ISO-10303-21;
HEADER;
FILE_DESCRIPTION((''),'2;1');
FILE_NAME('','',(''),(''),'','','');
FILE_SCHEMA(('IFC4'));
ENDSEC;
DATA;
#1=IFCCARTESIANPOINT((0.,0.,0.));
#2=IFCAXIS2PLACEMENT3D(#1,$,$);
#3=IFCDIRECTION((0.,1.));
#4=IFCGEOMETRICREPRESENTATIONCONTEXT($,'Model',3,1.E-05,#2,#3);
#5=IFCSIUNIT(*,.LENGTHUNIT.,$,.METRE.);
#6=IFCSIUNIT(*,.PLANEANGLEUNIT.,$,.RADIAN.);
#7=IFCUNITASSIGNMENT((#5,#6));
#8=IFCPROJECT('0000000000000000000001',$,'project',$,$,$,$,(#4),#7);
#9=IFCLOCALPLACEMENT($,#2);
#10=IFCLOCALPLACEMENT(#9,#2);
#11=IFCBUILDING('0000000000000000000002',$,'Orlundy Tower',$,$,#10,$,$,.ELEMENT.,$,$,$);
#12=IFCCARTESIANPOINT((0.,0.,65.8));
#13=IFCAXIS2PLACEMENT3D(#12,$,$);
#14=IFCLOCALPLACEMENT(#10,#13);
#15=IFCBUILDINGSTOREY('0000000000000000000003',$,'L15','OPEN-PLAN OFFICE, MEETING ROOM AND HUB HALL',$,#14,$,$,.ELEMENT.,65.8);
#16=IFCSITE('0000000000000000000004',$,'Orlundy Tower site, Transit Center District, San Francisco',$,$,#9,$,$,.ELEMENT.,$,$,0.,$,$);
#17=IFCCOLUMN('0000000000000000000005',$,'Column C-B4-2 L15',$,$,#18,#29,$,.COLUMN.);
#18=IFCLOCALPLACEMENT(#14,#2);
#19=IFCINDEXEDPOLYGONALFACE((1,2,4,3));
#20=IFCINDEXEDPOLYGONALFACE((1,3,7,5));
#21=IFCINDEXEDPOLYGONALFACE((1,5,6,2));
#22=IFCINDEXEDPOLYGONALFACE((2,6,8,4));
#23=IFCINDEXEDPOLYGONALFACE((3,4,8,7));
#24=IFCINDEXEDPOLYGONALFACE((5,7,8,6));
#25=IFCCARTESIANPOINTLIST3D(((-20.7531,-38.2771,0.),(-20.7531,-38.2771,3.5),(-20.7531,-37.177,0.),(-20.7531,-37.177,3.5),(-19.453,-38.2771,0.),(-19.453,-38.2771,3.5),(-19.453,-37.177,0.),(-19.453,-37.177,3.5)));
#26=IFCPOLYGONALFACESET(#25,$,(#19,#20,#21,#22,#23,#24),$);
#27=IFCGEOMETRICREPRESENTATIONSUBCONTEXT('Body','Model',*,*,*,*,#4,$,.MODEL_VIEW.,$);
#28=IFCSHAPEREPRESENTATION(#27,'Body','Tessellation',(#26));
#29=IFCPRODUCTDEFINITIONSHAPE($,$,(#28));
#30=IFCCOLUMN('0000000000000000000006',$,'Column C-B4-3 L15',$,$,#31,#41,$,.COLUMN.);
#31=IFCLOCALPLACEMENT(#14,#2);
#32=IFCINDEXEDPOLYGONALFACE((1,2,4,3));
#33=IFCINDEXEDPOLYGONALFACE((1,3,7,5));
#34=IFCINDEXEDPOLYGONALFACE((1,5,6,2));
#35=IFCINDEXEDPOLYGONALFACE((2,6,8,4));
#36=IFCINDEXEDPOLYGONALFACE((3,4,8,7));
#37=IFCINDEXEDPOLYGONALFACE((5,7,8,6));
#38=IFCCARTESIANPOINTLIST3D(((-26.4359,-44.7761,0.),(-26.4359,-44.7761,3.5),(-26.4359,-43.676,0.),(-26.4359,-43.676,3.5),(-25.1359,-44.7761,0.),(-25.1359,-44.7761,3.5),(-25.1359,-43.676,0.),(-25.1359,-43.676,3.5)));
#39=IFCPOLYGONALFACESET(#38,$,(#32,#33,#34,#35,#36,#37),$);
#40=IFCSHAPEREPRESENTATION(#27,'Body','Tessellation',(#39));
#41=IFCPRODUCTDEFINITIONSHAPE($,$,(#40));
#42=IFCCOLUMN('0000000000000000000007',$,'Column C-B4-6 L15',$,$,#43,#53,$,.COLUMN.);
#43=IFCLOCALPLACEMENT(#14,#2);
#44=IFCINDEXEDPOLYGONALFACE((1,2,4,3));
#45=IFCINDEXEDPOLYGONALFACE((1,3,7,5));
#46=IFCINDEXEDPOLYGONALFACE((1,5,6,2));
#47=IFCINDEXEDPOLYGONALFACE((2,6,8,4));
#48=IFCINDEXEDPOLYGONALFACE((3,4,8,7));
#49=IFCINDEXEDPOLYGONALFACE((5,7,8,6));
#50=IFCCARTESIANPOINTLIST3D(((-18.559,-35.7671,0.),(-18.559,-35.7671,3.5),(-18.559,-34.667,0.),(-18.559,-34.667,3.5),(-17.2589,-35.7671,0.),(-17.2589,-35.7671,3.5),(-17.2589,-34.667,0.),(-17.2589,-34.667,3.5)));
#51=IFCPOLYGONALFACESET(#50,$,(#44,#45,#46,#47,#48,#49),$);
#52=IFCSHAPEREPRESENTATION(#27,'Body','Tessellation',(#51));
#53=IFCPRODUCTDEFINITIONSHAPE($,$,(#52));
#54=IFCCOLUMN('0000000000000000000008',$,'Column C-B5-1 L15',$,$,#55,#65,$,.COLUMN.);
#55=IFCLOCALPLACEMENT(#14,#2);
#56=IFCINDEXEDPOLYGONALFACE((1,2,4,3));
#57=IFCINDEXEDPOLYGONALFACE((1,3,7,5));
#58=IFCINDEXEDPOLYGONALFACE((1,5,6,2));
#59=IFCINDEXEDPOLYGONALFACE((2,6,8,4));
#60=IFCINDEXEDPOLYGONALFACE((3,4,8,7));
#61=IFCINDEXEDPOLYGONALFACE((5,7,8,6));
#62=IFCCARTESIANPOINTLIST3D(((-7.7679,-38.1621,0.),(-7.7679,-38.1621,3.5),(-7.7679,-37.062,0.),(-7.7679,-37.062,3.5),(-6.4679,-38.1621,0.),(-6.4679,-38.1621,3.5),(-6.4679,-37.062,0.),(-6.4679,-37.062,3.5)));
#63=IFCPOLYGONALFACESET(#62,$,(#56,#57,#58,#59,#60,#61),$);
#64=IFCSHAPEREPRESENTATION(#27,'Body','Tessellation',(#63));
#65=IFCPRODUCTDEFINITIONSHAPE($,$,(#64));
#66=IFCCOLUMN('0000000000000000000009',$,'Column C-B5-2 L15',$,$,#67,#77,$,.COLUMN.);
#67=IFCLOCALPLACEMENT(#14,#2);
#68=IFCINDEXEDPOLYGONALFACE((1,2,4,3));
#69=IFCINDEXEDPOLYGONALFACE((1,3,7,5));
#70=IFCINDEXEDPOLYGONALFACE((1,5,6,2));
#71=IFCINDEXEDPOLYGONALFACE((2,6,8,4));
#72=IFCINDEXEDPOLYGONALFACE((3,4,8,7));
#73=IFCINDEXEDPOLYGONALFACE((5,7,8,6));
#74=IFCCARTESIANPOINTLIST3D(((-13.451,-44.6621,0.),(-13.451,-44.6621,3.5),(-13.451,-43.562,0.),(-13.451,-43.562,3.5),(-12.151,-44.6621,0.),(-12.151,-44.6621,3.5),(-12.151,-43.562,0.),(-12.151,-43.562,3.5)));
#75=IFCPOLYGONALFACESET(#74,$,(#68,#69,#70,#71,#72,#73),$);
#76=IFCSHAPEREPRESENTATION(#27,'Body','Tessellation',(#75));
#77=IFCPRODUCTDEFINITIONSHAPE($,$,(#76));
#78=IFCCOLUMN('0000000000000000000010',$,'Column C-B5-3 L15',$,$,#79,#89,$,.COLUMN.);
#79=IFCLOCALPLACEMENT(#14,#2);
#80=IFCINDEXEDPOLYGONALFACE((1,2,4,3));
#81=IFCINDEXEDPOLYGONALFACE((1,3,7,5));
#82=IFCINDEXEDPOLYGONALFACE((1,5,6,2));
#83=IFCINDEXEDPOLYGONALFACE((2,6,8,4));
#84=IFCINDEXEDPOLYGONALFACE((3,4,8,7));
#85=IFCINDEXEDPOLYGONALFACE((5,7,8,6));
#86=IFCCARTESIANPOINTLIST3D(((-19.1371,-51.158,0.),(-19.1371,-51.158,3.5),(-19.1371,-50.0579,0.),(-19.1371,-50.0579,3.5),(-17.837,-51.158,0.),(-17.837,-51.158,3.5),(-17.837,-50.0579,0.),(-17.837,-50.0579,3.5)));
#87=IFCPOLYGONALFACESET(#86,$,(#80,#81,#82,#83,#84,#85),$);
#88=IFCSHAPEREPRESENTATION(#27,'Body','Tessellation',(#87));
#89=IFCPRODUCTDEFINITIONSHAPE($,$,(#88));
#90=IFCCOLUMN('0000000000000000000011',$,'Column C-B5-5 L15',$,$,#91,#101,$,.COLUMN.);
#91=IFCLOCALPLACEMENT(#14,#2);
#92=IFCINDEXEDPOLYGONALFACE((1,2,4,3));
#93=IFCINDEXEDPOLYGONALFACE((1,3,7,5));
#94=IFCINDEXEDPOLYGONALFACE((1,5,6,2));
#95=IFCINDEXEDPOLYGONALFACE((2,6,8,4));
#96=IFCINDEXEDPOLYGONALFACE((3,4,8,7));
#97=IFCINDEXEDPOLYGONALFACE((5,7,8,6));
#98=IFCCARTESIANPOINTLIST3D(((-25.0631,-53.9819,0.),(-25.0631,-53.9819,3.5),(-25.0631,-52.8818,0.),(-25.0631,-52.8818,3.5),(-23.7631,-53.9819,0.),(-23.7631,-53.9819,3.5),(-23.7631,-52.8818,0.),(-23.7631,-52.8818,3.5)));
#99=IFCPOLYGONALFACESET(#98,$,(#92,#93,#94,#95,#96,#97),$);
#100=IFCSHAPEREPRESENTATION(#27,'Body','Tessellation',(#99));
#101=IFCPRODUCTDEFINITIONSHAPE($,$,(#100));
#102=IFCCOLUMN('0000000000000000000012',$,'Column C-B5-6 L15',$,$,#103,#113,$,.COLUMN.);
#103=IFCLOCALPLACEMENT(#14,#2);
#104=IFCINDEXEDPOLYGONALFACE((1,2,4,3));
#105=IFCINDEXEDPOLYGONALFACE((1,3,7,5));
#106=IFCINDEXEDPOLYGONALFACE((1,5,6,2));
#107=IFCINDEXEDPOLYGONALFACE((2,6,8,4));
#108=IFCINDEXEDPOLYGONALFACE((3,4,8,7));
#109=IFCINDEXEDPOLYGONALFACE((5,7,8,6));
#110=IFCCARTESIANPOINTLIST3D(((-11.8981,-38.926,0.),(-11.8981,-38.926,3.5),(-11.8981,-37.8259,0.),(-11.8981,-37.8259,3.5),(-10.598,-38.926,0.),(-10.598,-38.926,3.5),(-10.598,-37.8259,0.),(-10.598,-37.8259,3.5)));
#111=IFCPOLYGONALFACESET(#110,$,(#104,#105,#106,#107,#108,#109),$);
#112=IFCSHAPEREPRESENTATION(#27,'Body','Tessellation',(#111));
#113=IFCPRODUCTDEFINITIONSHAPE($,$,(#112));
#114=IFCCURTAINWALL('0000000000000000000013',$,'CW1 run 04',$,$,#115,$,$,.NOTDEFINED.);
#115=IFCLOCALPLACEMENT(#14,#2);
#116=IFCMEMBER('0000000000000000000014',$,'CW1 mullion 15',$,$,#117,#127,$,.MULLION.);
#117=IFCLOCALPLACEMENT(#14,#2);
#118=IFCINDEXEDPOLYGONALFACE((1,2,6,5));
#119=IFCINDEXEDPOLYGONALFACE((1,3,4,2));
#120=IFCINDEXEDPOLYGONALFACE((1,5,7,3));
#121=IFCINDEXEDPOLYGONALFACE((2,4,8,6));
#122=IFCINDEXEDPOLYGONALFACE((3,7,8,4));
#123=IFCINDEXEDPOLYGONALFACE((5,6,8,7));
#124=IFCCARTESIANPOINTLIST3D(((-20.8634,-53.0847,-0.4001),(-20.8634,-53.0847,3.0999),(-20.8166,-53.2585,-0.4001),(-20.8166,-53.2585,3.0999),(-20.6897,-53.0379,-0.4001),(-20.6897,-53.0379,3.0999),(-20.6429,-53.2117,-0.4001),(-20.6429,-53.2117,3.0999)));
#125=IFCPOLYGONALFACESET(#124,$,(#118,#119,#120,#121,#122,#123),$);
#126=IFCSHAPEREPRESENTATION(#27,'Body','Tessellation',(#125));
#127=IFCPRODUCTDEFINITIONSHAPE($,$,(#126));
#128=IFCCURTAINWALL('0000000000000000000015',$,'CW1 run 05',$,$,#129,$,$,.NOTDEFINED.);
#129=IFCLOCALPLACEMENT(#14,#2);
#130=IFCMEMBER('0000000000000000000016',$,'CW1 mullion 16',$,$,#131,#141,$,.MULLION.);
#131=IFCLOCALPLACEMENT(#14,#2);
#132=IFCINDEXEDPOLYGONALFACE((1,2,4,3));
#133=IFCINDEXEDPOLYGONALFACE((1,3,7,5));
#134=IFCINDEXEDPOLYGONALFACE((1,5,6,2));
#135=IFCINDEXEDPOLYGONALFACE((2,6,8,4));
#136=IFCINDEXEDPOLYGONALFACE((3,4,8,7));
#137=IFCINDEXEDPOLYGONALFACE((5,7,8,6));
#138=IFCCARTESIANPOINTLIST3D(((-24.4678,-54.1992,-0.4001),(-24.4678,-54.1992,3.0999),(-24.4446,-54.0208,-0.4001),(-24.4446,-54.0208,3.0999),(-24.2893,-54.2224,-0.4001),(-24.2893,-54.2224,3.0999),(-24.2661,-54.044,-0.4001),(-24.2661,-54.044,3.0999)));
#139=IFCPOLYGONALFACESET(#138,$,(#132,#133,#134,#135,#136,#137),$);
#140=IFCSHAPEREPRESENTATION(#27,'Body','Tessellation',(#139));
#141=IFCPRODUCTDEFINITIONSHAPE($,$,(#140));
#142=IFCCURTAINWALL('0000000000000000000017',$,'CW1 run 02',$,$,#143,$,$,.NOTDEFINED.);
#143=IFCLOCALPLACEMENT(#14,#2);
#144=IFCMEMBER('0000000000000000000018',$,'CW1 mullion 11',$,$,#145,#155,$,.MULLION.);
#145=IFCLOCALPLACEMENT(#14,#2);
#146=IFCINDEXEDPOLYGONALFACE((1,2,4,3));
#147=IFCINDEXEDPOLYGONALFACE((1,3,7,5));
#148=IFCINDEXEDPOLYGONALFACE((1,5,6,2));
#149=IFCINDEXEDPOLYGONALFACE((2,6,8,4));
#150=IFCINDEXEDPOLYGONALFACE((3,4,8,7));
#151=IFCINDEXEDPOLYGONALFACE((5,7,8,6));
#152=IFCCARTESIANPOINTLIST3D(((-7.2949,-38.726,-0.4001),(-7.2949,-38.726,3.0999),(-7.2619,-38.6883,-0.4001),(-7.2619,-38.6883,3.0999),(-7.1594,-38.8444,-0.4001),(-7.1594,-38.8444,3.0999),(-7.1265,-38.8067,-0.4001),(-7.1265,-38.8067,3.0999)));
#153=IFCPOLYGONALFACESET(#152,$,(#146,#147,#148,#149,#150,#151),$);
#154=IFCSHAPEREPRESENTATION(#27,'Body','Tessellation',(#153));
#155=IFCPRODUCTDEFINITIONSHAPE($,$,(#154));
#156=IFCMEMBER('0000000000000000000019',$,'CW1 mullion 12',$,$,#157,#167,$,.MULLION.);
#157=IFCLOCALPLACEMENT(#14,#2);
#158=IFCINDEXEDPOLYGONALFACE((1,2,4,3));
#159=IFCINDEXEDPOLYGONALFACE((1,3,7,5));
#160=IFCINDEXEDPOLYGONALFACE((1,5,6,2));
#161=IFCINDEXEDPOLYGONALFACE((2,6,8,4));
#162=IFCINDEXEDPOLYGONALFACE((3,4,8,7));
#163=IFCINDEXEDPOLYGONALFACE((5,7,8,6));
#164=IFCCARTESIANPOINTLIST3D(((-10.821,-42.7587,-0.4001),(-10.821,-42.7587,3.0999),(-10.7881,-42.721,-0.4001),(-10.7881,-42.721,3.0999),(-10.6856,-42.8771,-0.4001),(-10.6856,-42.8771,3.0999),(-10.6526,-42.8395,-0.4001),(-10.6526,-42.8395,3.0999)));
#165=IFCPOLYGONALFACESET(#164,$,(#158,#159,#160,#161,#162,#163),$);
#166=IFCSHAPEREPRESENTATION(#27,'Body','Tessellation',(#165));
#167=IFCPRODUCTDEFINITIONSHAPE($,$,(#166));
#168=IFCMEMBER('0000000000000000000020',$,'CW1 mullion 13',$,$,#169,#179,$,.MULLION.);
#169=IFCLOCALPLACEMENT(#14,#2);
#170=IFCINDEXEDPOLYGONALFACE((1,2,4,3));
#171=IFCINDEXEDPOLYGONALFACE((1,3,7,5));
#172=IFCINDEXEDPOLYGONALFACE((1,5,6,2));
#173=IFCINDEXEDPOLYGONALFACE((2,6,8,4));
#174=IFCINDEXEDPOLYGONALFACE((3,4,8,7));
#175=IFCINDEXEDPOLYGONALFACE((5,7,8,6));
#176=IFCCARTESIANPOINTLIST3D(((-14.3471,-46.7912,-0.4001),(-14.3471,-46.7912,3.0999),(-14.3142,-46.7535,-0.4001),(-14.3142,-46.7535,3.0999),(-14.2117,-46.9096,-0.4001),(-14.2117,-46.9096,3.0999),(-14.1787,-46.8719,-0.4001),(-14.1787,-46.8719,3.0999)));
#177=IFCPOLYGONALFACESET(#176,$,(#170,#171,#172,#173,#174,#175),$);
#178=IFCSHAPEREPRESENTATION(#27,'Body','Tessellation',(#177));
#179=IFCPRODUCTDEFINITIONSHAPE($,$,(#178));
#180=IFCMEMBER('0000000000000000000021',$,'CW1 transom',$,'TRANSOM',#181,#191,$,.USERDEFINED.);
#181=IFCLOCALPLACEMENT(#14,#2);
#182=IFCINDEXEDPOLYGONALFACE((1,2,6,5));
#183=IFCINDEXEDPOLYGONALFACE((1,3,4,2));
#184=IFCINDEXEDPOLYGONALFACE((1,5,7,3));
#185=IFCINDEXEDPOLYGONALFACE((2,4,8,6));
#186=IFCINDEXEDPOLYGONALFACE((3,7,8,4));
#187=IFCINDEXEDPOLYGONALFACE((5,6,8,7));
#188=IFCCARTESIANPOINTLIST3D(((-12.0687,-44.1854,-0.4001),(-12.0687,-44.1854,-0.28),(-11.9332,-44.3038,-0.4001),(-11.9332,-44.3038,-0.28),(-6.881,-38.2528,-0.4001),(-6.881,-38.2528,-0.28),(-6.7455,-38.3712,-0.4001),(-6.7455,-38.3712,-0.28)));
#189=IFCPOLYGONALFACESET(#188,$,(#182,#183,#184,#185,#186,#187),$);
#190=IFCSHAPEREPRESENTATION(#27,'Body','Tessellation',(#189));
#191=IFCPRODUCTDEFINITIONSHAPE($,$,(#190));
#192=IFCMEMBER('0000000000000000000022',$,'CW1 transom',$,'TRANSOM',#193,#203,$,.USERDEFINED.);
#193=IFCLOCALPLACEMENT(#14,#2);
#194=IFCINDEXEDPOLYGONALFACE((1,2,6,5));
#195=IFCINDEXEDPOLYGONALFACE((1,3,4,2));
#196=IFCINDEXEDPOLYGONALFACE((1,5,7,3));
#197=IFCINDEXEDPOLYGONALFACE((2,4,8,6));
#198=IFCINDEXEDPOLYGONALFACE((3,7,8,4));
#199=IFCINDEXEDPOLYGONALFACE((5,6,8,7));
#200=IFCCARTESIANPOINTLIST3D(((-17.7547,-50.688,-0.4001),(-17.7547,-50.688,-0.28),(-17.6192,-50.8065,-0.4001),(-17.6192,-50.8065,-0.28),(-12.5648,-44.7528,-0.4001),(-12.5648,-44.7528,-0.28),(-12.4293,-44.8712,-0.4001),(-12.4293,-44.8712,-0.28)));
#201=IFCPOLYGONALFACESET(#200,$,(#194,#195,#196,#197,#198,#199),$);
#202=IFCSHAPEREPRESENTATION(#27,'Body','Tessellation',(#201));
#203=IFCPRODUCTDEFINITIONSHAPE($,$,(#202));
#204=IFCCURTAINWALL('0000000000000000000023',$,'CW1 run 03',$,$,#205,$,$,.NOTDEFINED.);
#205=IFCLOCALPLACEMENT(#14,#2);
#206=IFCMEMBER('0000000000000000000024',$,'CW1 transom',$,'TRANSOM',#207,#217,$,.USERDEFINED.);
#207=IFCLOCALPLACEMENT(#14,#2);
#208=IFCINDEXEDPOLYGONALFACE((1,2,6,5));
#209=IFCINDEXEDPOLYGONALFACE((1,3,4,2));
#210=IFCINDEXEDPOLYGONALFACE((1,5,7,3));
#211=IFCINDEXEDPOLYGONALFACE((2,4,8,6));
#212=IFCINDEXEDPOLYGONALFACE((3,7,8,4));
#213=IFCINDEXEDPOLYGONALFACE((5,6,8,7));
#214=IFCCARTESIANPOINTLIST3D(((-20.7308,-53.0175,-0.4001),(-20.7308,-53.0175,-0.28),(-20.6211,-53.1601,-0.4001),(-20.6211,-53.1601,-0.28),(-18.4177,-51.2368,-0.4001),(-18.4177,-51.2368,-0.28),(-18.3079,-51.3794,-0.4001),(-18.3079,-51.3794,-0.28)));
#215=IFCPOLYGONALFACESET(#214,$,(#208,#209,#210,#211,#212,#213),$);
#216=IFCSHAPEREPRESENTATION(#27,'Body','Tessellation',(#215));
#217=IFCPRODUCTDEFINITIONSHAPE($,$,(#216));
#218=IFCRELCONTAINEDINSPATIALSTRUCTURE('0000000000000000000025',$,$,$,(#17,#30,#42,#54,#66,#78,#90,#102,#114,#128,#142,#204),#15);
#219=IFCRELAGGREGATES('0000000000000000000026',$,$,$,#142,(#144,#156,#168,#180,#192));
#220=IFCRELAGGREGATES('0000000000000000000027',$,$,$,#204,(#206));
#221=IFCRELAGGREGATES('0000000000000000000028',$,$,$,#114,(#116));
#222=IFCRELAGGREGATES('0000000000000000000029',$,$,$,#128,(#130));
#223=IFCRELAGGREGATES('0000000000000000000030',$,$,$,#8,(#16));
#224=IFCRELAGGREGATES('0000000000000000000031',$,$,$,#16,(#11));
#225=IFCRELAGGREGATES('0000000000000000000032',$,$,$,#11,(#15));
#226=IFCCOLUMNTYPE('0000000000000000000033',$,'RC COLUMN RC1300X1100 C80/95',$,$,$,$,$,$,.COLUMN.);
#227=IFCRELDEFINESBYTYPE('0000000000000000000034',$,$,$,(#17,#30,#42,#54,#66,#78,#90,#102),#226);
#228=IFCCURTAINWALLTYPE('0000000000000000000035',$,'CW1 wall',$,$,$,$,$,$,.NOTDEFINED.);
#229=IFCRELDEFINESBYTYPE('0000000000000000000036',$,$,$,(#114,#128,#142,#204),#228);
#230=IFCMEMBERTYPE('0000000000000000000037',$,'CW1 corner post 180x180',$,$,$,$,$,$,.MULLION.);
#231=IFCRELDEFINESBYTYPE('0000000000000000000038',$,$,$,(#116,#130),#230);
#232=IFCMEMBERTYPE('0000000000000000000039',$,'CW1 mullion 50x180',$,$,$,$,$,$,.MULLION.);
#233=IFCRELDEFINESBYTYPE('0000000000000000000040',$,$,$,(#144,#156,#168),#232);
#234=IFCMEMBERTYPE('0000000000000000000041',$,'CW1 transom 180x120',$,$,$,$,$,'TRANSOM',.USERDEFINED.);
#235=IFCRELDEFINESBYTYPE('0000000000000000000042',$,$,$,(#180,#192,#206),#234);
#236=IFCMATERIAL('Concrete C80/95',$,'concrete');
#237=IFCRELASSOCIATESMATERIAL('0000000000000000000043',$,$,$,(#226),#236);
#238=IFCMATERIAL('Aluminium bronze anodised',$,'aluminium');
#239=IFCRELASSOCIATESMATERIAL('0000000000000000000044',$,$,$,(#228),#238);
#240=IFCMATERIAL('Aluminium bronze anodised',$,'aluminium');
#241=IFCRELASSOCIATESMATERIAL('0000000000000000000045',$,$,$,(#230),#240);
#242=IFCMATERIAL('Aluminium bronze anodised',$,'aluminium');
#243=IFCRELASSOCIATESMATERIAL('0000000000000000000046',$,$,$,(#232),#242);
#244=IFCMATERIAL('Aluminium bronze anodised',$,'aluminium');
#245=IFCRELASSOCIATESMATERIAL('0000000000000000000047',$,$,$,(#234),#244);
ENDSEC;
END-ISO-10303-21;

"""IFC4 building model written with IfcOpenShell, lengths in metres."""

from ifc_helpers import new_model, si_unit, direction, frame, origin, origin_2d, place, context, subcontext, project, spatial, rectangle, extrude, material, material_profile, profile_set, type_object, element, aggregate, save


model = new_model("IFC4")

# Units and contexts
model_context = context("Model", 3, precision=1e-05, world=origin(), true_north=direction((0.0, 1.0)))
body_context = subcontext(model_context, "Body", "Model", "MODEL_VIEW")
ifc_project = project(units=[si_unit("LENGTHUNIT", "METRE"), si_unit("PLANEANGLEUNIT", "RADIAN")], contexts=[model_context])

# Site, building, storey
site_placement = place(None, origin())
site = spatial("IfcSite", under=ifc_project, at=site_placement, Name="Orlundy Tower site, Transit Center District, San Francisco", CompositionType="ELEMENT", RefElevation=0.0)
building_placement = place(site_placement, origin())
building = spatial("IfcBuilding", under=site, at=building_placement, Name="Orlundy Tower", CompositionType="ELEMENT")
storey_placement = place(building_placement, frame((0.0, 0.0, 65.8)))
storey = spatial("IfcBuildingStorey", under=building, at=storey_placement, Name="L15", Description="OPEN-PLAN OFFICE, MEETING ROOM AND HUB HALL", CompositionType="ELEMENT", Elevation=65.8)

# Columns
ifc_material_1 = material(Name="Concrete C80/95", Category="concrete")
ifc_material_profile_1 = material_profile(ifc_material_1, rectangle(XDim=1.3, YDim=1.1001, at=origin_2d()), Name="RC1300X1100")
ifc_profile_set_1 = profile_set([ifc_material_profile_1], Name="Concrete C80/95")
column_type = type_object("IfcColumnType", Name="RC COLUMN RC1300X1100 C80/95", PredefinedType="COLUMN", material=ifc_profile_set_1)
for number, where, z_axis, x_axis, name in (
    (1, (-20.103, -37.7271, 0.0), (0.0, 0.0, 1.0), (1.0, 0.0, 0.0), "Column C-B4-2 L15"),
    (2, (-25.7859, -44.2261, 0.0), (0.0, 0.0, 1.0), (1.0, 0.0, 0.0), "Column C-B4-3 L15"),
    (3, (-17.9089, -35.217, 0.0), (0.0, 0.0, 1.0), (1.0, 0.0, 0.0), "Column C-B4-6 L15"),
    (4, (-7.1179, -37.6121, 0.0), (0.0, 0.0, 1.0), (1.0, 0.0, 0.0), "Column C-B5-1 L15"),
    (5, (-12.801, -44.1121, 0.0), (0.0, 0.0, 1.0), (1.0, 0.0, 0.0), "Column C-B5-2 L15"),
    (6, (-18.4871, -50.6079, 0.0), (0.0, 0.0, 1.0), (1.0, 0.0, 0.0), "Column C-B5-3 L15"),
    (7, (-24.4131, -53.4319, 0.0), (0.0, 0.0, 1.0), (1.0, 0.0, 0.0), "Column C-B5-5 L15"),
    (8, (-11.248, -38.376, 0.0), (0.0, 0.0, 1.0), (1.0, 0.0, 0.0), "Column C-B5-6 L15"),
):
    element("IfcColumn", number, at=place(storey_placement, frame(where, z_axis=z_axis, x_axis=x_axis)), inside=storey, type_object=column_type, Name=name, PredefinedType="COLUMN", context=body_context, shape_type="SweptSolid", body=[
        extrude(rectangle(XDim=1.3, YDim=1.1001, at=origin_2d()), origin(), (0.0, 0.0, 1.0), 3.5),
    ])

# Curtain walls, members
ifc_material_2 = material(Name="Aluminium bronze anodised", Category="aluminium")
curtain_wall_type = type_object("IfcCurtainWallType", Name="CW1 wall", PredefinedType="NOTDEFINED", material=ifc_material_2)
curtain_wall_1_placement = place(storey_placement, origin())
curtain_wall_1 = element("IfcCurtainWall", 9, at=curtain_wall_1_placement, inside=storey, type_object=curtain_wall_type, Name="CW1 run 04", PredefinedType="NOTDEFINED")
ifc_material_3 = material(Name="Aluminium bronze anodised", Category="aluminium")
ifc_material_profile_2 = material_profile(ifc_material_3, rectangle(XDim=0.1799, YDim=0.1799, at=origin_2d()), Name="CW1 corner post 180x180")
ifc_profile_set_2 = profile_set([ifc_material_profile_2], Name="Aluminium bronze anodised")
member_type_1 = type_object("IfcMemberType", Name="CW1 corner post 180x180", PredefinedType="MULLION", material=ifc_profile_set_2)
member_1_placement = place(storey_placement, frame((-20.7532, -53.1482, -0.4001), z_axis=(0.0, 0.0, 1.0), x_axis=(0.26008, -0.965587, 0.0)))
member_1 = element("IfcMember", 10, at=member_1_placement, type_object=member_type_1, Name="CW1 mullion 15", PredefinedType="MULLION", context=body_context, shape_type="SweptSolid", body=[
    extrude(rectangle(XDim=0.1799, YDim=0.1799, at=origin_2d()), origin(), (0.0, 0.0, 1.0), 3.5),
])
curtain_wall_2_placement = place(storey_placement, origin())
curtain_wall_2 = element("IfcCurtainWall", 11, at=curtain_wall_2_placement, inside=storey, type_object=curtain_wall_type, Name="CW1 run 05", PredefinedType="NOTDEFINED")
member_2_placement = place(storey_placement, frame((-24.3669, -54.1216, -0.4001), z_axis=(0.0, 0.0, 1.0), x_axis=(-0.128947, -0.991651, 0.0)))
member_2 = element("IfcMember", 12, at=member_2_placement, type_object=member_type_1, Name="CW1 mullion 16", PredefinedType="MULLION", context=body_context, shape_type="SweptSolid", body=[
    extrude(rectangle(XDim=0.1799, YDim=0.1799, at=origin_2d()), origin(), (0.0, 0.0, 1.0), 3.5),
])

# Curtain wall, members
curtain_wall_3_placement = place(storey_placement, origin())
curtain_wall_3 = element("IfcCurtainWall", 13, at=curtain_wall_3_placement, inside=storey, type_object=curtain_wall_type, Name="CW1 run 02", PredefinedType="NOTDEFINED")
ifc_material_4 = material(Name="Aluminium bronze anodised", Category="aluminium")
ifc_material_profile_3 = material_profile(ifc_material_4, rectangle(XDim=0.1799, YDim=0.05, at=origin_2d()), Name="CW1 mullion 50x180")
ifc_profile_set_3 = profile_set([ifc_material_profile_3], Name="Aluminium bronze anodised")
member_type_2 = type_object("IfcMemberType", Name="CW1 mullion 50x180", PredefinedType="MULLION", material=ifc_profile_set_3)
member_3_placement = place(storey_placement, frame((-7.2107, -38.7664, -0.4001), z_axis=(0.0, 0.0, 1.0), x_axis=(0.752792, -0.658259, 0.0)))
member_3 = element("IfcMember", 14, at=member_3_placement, type_object=member_type_2, Name="CW1 mullion 11", PredefinedType="MULLION", context=body_context, shape_type="SweptSolid", body=[
    extrude(rectangle(XDim=0.1799, YDim=0.05, at=origin_2d()), origin(), (0.0, 0.0, 1.0), 3.5),
])
member_4_placement = place(storey_placement, frame((-10.7368, -42.7991, -0.4001), z_axis=(0.0, 0.0, 1.0), x_axis=(0.752792, -0.658259, 0.0)))
member_4 = element("IfcMember", 15, at=member_4_placement, type_object=member_type_2, Name="CW1 mullion 12", PredefinedType="MULLION", context=body_context, shape_type="SweptSolid", body=[
    extrude(rectangle(XDim=0.1799, YDim=0.05, at=origin_2d()), origin(), (0.0, 0.0, 1.0), 3.5),
])
member_5_placement = place(storey_placement, frame((-14.2629, -46.8315, -0.4001), z_axis=(0.0, 0.0, 1.0), x_axis=(0.752792, -0.658259, 0.0)))
member_5 = element("IfcMember", 16, at=member_5_placement, type_object=member_type_2, Name="CW1 mullion 13", PredefinedType="MULLION", context=body_context, shape_type="SweptSolid", body=[
    extrude(rectangle(XDim=0.1799, YDim=0.05, at=origin_2d()), origin(), (0.0, 0.0, 1.0), 3.5),
])
ifc_material_5 = material(Name="Aluminium bronze anodised", Category="aluminium")
ifc_material_profile_4 = material_profile(ifc_material_5, rectangle(XDim=0.1799, YDim=0.1201, at=origin_2d()), Name="CW1 transom 180x120")
ifc_profile_set_4 = profile_set([ifc_material_profile_4], Name="Aluminium bronze anodised")
member_type_3 = type_object("IfcMemberType", Name="CW1 transom 180x120", ElementType="TRANSOM", PredefinedType="USERDEFINED", material=ifc_profile_set_4)
member_6_placement = place(storey_placement, frame((-6.8132, -38.312, -0.3401), z_axis=(-0.658268, -0.752784, 0.0), x_axis=(0.752784, -0.658268, 0.0)))
member_6 = element("IfcMember", 17, at=member_6_placement, type_object=member_type_3, Name="CW1 transom", ObjectType="TRANSOM", PredefinedType="USERDEFINED", context=body_context, shape_type="SweptSolid", body=[
    extrude(rectangle(XDim=0.1799, YDim=0.1201, at=origin_2d()), origin(), (0.0, 0.0, 1.0), 7.8809),
])
member_7_placement = place(storey_placement, frame((-12.4971, -44.812, -0.3401), z_axis=(-0.658257, -0.752793, 0.0), x_axis=(0.752793, -0.658257, 0.0)))
member_7 = element("IfcMember", 18, at=member_7_placement, type_object=member_type_3, Name="CW1 transom", ObjectType="TRANSOM", PredefinedType="USERDEFINED", context=body_context, shape_type="SweptSolid", body=[
    extrude(rectangle(XDim=0.1799, YDim=0.1201, at=origin_2d()), origin(), (0.0, 0.0, 1.0), 7.8843),
])

# Curtain wall, member
curtain_wall_4_placement = place(storey_placement, origin())
curtain_wall_4 = element("IfcCurtainWall", 19, at=curtain_wall_4_placement, inside=storey, type_object=curtain_wall_type, Name="CW1 run 03", PredefinedType="NOTDEFINED")
member_8_placement = place(storey_placement, frame((-18.3628, -51.3081, -0.3401), z_axis=(-0.7924, -0.610002, 0.0), x_axis=(0.610002, -0.7924, 0.0)))
member_8 = element("IfcMember", 20, at=member_8_placement, type_object=member_type_3, Name="CW1 transom", ObjectType="TRANSOM", PredefinedType="USERDEFINED", context=body_context, shape_type="SweptSolid", body=[
    extrude(rectangle(XDim=0.1799, YDim=0.1201, at=origin_2d()), origin(), (0.0, 0.0, 1.0), 2.9192),
])

aggregate(curtain_wall_3, [member_3, member_4, member_5, member_6, member_7])
aggregate(curtain_wall_4, [member_8])
aggregate(curtain_wall_1, [member_1])
aggregate(curtain_wall_2, [member_2])

save(model, "model.ifc")
